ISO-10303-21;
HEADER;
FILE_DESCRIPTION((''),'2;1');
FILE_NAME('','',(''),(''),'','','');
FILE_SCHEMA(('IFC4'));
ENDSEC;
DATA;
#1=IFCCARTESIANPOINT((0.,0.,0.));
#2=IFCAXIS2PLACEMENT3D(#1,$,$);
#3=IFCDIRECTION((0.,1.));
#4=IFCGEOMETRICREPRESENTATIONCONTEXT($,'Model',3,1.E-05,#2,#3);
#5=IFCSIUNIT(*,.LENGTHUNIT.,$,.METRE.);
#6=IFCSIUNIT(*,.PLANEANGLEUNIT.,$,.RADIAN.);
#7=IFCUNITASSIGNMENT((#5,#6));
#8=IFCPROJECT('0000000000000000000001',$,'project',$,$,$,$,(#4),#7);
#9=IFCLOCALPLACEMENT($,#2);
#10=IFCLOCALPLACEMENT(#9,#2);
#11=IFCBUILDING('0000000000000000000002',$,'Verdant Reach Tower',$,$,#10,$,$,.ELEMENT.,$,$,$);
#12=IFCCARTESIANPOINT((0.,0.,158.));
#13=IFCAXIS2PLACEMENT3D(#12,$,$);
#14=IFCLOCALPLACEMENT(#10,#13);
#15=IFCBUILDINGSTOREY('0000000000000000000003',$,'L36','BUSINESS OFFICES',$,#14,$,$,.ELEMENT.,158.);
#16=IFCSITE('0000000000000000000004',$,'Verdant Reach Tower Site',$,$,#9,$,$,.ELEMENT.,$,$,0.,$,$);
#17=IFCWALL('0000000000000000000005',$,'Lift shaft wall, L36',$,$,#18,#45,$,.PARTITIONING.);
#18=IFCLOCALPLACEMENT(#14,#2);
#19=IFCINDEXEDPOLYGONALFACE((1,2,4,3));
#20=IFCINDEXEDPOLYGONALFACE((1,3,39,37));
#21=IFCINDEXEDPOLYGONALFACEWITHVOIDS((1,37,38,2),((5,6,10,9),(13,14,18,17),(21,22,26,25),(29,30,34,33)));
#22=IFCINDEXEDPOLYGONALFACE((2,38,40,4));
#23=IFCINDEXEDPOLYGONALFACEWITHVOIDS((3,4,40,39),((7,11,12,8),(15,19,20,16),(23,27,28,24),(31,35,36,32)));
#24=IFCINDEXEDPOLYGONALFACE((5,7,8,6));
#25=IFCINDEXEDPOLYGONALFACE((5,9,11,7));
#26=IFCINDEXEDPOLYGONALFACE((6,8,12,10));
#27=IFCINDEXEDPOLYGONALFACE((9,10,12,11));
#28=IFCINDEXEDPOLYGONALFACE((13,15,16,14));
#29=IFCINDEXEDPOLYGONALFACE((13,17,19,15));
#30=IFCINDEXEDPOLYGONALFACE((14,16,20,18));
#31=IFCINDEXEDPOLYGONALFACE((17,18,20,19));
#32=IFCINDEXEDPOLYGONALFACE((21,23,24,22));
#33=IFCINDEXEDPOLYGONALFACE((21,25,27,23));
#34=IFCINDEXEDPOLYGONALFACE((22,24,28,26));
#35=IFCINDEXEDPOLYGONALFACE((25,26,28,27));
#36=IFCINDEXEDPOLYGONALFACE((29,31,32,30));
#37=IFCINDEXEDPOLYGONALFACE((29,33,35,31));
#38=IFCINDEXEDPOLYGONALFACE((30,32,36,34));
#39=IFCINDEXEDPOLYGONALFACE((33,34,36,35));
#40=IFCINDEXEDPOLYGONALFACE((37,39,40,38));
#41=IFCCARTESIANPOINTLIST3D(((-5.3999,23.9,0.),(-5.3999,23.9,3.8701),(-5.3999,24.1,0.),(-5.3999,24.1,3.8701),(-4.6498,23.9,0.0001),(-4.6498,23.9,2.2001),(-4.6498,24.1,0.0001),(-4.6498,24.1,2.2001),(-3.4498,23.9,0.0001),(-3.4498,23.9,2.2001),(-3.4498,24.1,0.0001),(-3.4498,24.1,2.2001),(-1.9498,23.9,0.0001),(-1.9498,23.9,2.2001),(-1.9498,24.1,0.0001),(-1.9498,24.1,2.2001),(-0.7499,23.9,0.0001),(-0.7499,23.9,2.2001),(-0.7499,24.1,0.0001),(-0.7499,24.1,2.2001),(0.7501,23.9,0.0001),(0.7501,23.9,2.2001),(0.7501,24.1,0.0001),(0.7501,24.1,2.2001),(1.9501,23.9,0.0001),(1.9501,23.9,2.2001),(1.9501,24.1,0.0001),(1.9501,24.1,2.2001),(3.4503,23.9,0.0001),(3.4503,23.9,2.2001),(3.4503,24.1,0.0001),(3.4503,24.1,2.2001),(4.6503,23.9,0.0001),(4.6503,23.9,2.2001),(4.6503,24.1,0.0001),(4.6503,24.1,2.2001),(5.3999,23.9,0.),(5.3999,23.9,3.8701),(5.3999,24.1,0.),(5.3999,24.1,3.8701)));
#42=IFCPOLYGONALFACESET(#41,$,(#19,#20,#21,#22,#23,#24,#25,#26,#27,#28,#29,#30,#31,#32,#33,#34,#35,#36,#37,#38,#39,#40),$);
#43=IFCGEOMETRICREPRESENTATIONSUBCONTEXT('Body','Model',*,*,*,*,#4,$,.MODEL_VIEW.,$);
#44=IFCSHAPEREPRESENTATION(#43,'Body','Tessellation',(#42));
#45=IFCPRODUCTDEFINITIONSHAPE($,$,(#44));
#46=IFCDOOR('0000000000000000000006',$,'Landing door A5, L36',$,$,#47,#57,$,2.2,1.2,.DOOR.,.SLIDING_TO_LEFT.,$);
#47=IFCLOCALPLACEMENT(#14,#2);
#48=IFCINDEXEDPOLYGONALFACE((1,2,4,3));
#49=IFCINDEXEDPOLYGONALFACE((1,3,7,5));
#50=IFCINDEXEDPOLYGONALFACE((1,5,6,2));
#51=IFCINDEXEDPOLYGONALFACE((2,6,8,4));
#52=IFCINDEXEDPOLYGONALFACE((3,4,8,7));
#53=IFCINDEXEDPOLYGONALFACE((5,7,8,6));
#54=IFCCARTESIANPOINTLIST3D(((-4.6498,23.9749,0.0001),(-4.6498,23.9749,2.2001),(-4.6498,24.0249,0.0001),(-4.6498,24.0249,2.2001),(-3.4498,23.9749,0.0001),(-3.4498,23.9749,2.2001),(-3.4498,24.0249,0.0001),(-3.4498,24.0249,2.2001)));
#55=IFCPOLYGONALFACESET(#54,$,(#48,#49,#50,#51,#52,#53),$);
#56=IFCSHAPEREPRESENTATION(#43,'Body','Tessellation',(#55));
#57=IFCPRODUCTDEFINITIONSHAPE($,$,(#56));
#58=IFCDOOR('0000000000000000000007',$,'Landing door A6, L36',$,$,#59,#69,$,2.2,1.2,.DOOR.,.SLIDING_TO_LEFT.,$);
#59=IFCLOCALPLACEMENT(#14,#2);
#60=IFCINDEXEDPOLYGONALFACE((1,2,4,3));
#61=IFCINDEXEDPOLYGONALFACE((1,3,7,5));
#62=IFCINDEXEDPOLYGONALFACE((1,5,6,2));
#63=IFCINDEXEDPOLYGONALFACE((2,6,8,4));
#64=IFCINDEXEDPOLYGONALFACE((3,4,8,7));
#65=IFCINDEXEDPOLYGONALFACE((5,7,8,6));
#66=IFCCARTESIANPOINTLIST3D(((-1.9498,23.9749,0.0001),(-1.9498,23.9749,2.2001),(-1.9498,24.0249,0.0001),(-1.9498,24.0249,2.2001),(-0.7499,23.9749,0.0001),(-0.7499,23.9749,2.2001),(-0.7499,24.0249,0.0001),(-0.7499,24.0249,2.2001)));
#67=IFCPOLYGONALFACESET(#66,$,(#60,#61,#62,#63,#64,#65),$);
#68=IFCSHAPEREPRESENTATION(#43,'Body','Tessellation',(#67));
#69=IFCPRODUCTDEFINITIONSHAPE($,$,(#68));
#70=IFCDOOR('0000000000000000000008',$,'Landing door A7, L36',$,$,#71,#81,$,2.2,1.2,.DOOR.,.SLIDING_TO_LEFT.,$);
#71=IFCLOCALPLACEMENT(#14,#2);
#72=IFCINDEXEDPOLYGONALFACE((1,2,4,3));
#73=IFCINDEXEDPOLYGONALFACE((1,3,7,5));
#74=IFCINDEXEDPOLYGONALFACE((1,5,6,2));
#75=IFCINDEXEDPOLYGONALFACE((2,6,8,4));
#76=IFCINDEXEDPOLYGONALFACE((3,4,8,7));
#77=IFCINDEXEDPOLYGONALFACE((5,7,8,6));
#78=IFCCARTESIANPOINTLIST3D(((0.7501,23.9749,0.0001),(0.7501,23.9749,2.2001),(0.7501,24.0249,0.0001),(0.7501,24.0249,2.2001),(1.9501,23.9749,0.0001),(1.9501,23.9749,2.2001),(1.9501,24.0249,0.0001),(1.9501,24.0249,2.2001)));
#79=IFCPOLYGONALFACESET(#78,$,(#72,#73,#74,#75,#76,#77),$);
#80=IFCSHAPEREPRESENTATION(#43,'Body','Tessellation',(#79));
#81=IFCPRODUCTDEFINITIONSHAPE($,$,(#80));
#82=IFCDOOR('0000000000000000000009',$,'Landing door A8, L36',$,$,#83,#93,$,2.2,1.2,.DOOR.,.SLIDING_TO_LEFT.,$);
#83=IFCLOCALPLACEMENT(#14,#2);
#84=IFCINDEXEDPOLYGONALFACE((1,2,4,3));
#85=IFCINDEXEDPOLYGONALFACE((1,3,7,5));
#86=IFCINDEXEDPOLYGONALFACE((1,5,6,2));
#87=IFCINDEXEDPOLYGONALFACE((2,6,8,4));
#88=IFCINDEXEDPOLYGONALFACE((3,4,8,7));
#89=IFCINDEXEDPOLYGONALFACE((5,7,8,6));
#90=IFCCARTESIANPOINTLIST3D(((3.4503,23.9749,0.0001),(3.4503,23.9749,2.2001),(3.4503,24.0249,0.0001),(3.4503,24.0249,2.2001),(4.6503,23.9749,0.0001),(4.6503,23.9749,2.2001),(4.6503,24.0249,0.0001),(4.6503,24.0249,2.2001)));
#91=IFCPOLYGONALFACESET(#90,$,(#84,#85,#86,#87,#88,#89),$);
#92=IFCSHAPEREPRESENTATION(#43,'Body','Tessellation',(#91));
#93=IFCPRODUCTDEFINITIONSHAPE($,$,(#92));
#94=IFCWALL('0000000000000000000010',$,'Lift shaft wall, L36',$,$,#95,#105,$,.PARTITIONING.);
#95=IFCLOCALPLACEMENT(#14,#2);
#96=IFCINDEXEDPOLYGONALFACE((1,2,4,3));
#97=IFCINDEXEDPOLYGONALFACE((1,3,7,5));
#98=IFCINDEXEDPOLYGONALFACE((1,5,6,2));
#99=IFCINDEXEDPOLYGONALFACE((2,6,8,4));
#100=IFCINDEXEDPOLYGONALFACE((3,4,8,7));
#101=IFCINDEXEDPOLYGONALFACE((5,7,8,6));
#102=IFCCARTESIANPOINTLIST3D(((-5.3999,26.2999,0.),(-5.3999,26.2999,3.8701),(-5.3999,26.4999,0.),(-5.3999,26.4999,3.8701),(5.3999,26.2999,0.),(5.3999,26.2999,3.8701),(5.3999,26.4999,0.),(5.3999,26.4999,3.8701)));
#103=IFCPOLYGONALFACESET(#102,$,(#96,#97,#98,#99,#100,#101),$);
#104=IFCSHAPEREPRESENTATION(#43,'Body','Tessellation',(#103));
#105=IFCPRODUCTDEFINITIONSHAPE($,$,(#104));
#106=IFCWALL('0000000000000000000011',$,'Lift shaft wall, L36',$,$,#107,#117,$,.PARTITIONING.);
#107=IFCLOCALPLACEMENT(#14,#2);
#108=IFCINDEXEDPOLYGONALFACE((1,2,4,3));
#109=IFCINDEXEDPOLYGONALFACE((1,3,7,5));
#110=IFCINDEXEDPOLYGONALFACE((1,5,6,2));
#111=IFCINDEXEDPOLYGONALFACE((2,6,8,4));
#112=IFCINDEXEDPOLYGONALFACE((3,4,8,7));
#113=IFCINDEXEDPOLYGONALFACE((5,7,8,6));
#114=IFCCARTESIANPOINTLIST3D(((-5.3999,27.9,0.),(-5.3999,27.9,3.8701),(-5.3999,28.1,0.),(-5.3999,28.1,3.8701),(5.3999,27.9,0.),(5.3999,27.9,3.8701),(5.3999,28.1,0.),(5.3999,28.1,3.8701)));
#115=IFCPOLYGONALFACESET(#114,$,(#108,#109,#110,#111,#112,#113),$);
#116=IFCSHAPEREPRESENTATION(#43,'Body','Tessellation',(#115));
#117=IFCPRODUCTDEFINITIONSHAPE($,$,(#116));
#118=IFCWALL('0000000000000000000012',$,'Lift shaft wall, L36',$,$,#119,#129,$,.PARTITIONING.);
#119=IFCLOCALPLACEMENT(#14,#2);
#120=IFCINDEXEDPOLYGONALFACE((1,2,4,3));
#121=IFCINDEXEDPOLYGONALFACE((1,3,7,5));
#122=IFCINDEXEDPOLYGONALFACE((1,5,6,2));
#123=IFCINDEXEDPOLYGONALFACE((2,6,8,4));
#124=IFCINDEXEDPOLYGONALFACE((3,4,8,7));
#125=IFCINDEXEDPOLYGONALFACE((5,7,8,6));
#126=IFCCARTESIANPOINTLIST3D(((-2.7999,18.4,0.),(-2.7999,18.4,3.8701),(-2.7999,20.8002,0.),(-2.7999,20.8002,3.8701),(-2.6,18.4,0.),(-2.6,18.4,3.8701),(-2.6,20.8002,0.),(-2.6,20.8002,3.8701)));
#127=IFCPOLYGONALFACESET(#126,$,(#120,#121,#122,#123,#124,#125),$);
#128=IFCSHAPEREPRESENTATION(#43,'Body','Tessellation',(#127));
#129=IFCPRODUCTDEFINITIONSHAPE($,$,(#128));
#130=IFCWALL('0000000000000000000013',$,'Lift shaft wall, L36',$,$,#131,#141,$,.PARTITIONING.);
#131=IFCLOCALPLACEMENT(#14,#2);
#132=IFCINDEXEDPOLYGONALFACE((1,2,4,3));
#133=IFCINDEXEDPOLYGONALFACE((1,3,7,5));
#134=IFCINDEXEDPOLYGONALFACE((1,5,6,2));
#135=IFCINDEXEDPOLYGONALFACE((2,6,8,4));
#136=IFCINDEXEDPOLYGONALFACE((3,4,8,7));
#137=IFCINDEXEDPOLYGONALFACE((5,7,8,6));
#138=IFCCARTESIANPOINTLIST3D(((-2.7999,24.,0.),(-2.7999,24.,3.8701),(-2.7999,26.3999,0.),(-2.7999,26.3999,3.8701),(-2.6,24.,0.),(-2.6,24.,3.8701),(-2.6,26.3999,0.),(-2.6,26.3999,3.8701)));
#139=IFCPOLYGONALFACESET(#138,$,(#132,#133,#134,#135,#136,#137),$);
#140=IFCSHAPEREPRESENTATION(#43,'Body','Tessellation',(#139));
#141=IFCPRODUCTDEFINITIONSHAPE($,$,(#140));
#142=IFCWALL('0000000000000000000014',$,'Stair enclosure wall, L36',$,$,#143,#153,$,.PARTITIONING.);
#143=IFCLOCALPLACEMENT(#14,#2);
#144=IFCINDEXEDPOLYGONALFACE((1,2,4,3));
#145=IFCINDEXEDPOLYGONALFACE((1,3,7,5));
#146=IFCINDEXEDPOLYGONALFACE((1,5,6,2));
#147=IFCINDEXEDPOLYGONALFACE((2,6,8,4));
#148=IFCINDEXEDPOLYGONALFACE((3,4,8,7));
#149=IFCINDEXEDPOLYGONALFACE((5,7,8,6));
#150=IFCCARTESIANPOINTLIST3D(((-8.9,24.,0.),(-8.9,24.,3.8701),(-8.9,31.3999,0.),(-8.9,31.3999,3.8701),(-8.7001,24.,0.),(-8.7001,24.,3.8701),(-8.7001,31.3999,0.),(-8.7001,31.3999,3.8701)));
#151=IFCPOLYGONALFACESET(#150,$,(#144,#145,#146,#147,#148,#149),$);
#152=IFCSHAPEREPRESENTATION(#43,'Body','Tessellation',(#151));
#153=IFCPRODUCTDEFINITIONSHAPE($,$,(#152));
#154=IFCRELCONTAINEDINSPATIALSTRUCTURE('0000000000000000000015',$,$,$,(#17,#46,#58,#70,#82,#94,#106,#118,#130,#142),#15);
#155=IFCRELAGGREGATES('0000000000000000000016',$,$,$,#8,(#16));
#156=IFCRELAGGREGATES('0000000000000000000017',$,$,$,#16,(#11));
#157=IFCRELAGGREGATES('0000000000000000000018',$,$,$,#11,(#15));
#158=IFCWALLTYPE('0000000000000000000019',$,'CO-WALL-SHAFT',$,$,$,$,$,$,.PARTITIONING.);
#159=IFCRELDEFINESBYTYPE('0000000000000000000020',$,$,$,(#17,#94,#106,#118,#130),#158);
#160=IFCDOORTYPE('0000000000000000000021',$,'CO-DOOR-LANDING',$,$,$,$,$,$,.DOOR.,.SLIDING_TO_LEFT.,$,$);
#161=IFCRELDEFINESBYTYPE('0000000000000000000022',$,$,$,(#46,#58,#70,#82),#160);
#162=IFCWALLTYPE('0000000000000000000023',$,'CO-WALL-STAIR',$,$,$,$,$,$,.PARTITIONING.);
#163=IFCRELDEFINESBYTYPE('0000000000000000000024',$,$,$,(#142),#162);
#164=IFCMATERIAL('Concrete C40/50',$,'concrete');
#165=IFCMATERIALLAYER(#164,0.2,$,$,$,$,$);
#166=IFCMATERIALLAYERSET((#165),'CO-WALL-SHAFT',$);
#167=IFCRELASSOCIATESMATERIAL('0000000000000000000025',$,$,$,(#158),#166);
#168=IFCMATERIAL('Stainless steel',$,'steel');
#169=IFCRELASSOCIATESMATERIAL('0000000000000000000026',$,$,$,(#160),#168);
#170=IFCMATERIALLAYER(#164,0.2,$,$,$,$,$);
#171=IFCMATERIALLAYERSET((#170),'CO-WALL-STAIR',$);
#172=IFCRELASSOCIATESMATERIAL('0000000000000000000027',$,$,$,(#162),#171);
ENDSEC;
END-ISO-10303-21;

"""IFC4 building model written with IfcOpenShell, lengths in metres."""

from ifc_helpers import new_model, si_unit, direction, frame, frame_2d, origin, place, context, subcontext, project, spatial, rectangle, extrude, material, layer, layer_set, type_object, element, fill, save


model = new_model("IFC4")

# Units and contexts
model_context = context("Model", 3, precision=1e-05, world=origin(), true_north=direction((0.0, 1.0)))
body_context = subcontext(model_context, "Body", "Model", "MODEL_VIEW")
ifc_project = project(units=[si_unit("LENGTHUNIT", "METRE"), si_unit("PLANEANGLEUNIT", "RADIAN")], contexts=[model_context])

# Site, building, storey
site_placement = place(None, origin())
site = spatial("IfcSite", under=ifc_project, at=site_placement, Name="Verdant Reach Tower Site", CompositionType="ELEMENT", RefElevation=0.0)
building_placement = place(site_placement, origin())
building = spatial("IfcBuilding", under=site, at=building_placement, Name="Verdant Reach Tower", CompositionType="ELEMENT")
storey_placement = place(building_placement, frame((0.0, 0.0, 158.0)))
storey = spatial("IfcBuildingStorey", under=building, at=storey_placement, Name="L36", Description="BUSINESS OFFICES", CompositionType="ELEMENT", Elevation=158.0)

# Wall, openings, doors
ifc_material_1 = material(Name="Concrete C40/50", Category="concrete")
ifc_layer_1 = layer(ifc_material_1, 0.2)
ifc_layer_set_1 = layer_set([ifc_layer_1], Name="CO-WALL-SHAFT")
wall_type_1 = type_object("IfcWallType", Name="CO-WALL-SHAFT", PredefinedType="PARTITIONING", material=ifc_layer_set_1)
ifc_material_2 = material(Name="Stainless steel", Category="steel")
door_type_1 = type_object("IfcDoorType", Name="CO-DOOR-LANDING", OperationType="SLIDING_TO_LEFT", PredefinedType="DOOR", material=ifc_material_2)
wall_1_placement = place(storey_placement, frame((-5.3999, 24.0, 0.0), z_axis=(0.0, 0.0, 1.0), x_axis=(1.0, 0.0, 0.0)))
wall_1 = element("IfcWall", 1, at=wall_1_placement, inside=storey, type_object=wall_type_1, Name="Lift shaft wall, L36", PredefinedType="PARTITIONING", context=body_context, shape_type="SweptSolid", body=[
    extrude(rectangle(XDim=10.7998, YDim=0.2, at=frame_2d((5.3999, 0.0))), origin(), (0.0, 0.0, 1.0), 3.8701),
])
opening_1_placement = place(wall_1_placement, frame((0.75, 0.0, 0.0)))
opening_1 = element("IfcOpeningElement", 2, at=opening_1_placement, cuts=wall_1, PredefinedType="OPENING", context=body_context, shape_type="SweptSolid", body=[
    extrude(rectangle(XDim=1.2, YDim=2.2, at=frame_2d((0.6001, 1.1001))), frame((0.0, 0.1099, 0.0), z_axis=(0.0, -1.0, 0.0), x_axis=(1.0, 0.0, 0.0)), (0.0, 0.0, 1.0), 0.22),
])
opening_2_placement = place(wall_1_placement, frame((3.45, 0.0, 0.0)))
opening_2 = element("IfcOpeningElement", 3, at=opening_2_placement, cuts=wall_1, PredefinedType="OPENING", context=body_context, shape_type="SweptSolid", body=[
    extrude(rectangle(XDim=1.2, YDim=2.2, at=frame_2d((0.6001, 1.1001))), frame((0.0, 0.1099, 0.0), z_axis=(0.0, -1.0, 0.0), x_axis=(1.0, 0.0, 0.0)), (0.0, 0.0, 1.0), 0.22),
])
opening_3_placement = place(wall_1_placement, frame((6.1499, 0.0, 0.0)))
opening_3 = element("IfcOpeningElement", 4, at=opening_3_placement, cuts=wall_1, PredefinedType="OPENING", context=body_context, shape_type="SweptSolid", body=[
    extrude(rectangle(XDim=1.2, YDim=2.2, at=frame_2d((0.6001, 1.1001))), frame((0.0, 0.1099, 0.0), z_axis=(0.0, -1.0, 0.0), x_axis=(1.0, 0.0, 0.0)), (0.0, 0.0, 1.0), 0.22),
])
opening_4_placement = place(wall_1_placement, frame((8.8501, 0.0, 0.0)))
opening_4 = element("IfcOpeningElement", 5, at=opening_4_placement, cuts=wall_1, PredefinedType="OPENING", context=body_context, shape_type="SweptSolid", body=[
    extrude(rectangle(XDim=1.2, YDim=2.2, at=frame_2d((0.6001, 1.1001))), frame((0.0, 0.1099, 0.0), z_axis=(0.0, -1.0, 0.0), x_axis=(1.0, 0.0, 0.0)), (0.0, 0.0, 1.0), 0.22),
])
door_1_placement = place(opening_1_placement, origin())
door_1 = element("IfcDoor", 6, at=door_1_placement, inside=storey, type_object=door_type_1, Name="Landing door A5, L36", OperationType="SLIDING_TO_LEFT", OverallHeight=2.2, OverallWidth=1.2, PredefinedType="DOOR", context=body_context, shape_type="SweptSolid", body=[
    extrude(rectangle(XDim=1.2, YDim=2.2, at=frame_2d((0.6001, 1.1001))), frame((0.0, 0.0249, 0.0), z_axis=(0.0, -1.0, 0.0), x_axis=(1.0, 0.0, 0.0)), (0.0, 0.0, 1.0), 0.05),
])
fill(opening_1, door_1)
door_2_placement = place(opening_2_placement, origin())
door_2 = element("IfcDoor", 7, at=door_2_placement, inside=storey, type_object=door_type_1, Name="Landing door A6, L36", OperationType="SLIDING_TO_LEFT", OverallHeight=2.2, OverallWidth=1.2, PredefinedType="DOOR", context=body_context, shape_type="SweptSolid", body=[
    extrude(rectangle(XDim=1.2, YDim=2.2, at=frame_2d((0.6001, 1.1001))), frame((0.0, 0.0249, 0.0), z_axis=(0.0, -1.0, 0.0), x_axis=(1.0, 0.0, 0.0)), (0.0, 0.0, 1.0), 0.05),
])
fill(opening_2, door_2)
door_3_placement = place(opening_3_placement, origin())
door_3 = element("IfcDoor", 8, at=door_3_placement, inside=storey, type_object=door_type_1, Name="Landing door A7, L36", OperationType="SLIDING_TO_LEFT", OverallHeight=2.2, OverallWidth=1.2, PredefinedType="DOOR", context=body_context, shape_type="SweptSolid", body=[
    extrude(rectangle(XDim=1.2, YDim=2.2, at=frame_2d((0.6001, 1.1001))), frame((0.0, 0.0249, 0.0), z_axis=(0.0, -1.0, 0.0), x_axis=(1.0, 0.0, 0.0)), (0.0, 0.0, 1.0), 0.05),
])
fill(opening_3, door_3)
door_4_placement = place(opening_4_placement, origin())
door_4 = element("IfcDoor", 9, at=door_4_placement, inside=storey, type_object=door_type_1, Name="Landing door A8, L36", OperationType="SLIDING_TO_LEFT", OverallHeight=2.2, OverallWidth=1.2, PredefinedType="DOOR", context=body_context, shape_type="SweptSolid", body=[
    extrude(rectangle(XDim=1.2, YDim=2.2, at=frame_2d((0.6001, 1.1001))), frame((0.0, 0.0249, 0.0), z_axis=(0.0, -1.0, 0.0), x_axis=(1.0, 0.0, 0.0)), (0.0, 0.0, 1.0), 0.05),
])
fill(opening_4, door_4)

# Walls
for number, where, z_axis, x_axis, name in (
    (10, (-5.3999, 26.3999, 0.0), (0.0, 0.0, 1.0), (1.0, 0.0, 0.0), "Lift shaft wall, L36"),
    (11, (-5.3999, 28.0, 0.0), (0.0, 0.0, 1.0), (1.0, 0.0, 0.0), "Lift shaft wall, L36"),
):
    element("IfcWall", number, at=place(storey_placement, frame(where, z_axis=z_axis, x_axis=x_axis)), inside=storey, type_object=wall_type_1, Name=name, PredefinedType="PARTITIONING", context=body_context, shape_type="SweptSolid", body=[
        extrude(rectangle(XDim=10.7998, YDim=0.2, at=frame_2d((5.3999, 0.0))), origin(), (0.0, 0.0, 1.0), 3.8701),
    ])
wall_2_placement = place(storey_placement, frame((-2.7, 18.3999, 0.0), z_axis=(0.0, 0.0, 1.0), x_axis=(0.0, 1.0, 0.0)))
element("IfcWall", 12, at=wall_2_placement, inside=storey, type_object=wall_type_1, Name="Lift shaft wall, L36", PredefinedType="PARTITIONING", context=body_context, shape_type="SweptSolid", body=[
    extrude(rectangle(XDim=2.4001, YDim=0.2, at=frame_2d((1.2002, 0.0))), origin(), (0.0, 0.0, 1.0), 3.8701),
])
wall_3_placement = place(storey_placement, frame((-2.7, 24.0, 0.0), z_axis=(0.0, 0.0, 1.0), x_axis=(0.0, 1.0, 0.0)))
element("IfcWall", 13, at=wall_3_placement, inside=storey, type_object=wall_type_1, Name="Lift shaft wall, L36", PredefinedType="PARTITIONING", context=body_context, shape_type="SweptSolid", body=[
    extrude(rectangle(XDim=2.3999, YDim=0.2, at=frame_2d((1.2, 0.0))), origin(), (0.0, 0.0, 1.0), 3.8701),
])
ifc_layer_2 = layer(ifc_material_1, 0.2)
ifc_layer_set_2 = layer_set([ifc_layer_2], Name="CO-WALL-STAIR")
wall_type_2 = type_object("IfcWallType", Name="CO-WALL-STAIR", PredefinedType="PARTITIONING", material=ifc_layer_set_2)
wall_4_placement = place(storey_placement, frame((-8.8, 24.0, 0.0), z_axis=(0.0, 0.0, 1.0), x_axis=(0.0, 1.0, 0.0)))
element("IfcWall", 14, at=wall_4_placement, inside=storey, type_object=wall_type_2, Name="Stair enclosure wall, L36", PredefinedType="PARTITIONING", context=body_context, shape_type="SweptSolid", body=[
    extrude(rectangle(XDim=7.3999, YDim=0.2, at=frame_2d((3.7, 0.0))), origin(), (0.0, 0.0, 1.0), 3.8701),
])

save(model, "model.ifc")
